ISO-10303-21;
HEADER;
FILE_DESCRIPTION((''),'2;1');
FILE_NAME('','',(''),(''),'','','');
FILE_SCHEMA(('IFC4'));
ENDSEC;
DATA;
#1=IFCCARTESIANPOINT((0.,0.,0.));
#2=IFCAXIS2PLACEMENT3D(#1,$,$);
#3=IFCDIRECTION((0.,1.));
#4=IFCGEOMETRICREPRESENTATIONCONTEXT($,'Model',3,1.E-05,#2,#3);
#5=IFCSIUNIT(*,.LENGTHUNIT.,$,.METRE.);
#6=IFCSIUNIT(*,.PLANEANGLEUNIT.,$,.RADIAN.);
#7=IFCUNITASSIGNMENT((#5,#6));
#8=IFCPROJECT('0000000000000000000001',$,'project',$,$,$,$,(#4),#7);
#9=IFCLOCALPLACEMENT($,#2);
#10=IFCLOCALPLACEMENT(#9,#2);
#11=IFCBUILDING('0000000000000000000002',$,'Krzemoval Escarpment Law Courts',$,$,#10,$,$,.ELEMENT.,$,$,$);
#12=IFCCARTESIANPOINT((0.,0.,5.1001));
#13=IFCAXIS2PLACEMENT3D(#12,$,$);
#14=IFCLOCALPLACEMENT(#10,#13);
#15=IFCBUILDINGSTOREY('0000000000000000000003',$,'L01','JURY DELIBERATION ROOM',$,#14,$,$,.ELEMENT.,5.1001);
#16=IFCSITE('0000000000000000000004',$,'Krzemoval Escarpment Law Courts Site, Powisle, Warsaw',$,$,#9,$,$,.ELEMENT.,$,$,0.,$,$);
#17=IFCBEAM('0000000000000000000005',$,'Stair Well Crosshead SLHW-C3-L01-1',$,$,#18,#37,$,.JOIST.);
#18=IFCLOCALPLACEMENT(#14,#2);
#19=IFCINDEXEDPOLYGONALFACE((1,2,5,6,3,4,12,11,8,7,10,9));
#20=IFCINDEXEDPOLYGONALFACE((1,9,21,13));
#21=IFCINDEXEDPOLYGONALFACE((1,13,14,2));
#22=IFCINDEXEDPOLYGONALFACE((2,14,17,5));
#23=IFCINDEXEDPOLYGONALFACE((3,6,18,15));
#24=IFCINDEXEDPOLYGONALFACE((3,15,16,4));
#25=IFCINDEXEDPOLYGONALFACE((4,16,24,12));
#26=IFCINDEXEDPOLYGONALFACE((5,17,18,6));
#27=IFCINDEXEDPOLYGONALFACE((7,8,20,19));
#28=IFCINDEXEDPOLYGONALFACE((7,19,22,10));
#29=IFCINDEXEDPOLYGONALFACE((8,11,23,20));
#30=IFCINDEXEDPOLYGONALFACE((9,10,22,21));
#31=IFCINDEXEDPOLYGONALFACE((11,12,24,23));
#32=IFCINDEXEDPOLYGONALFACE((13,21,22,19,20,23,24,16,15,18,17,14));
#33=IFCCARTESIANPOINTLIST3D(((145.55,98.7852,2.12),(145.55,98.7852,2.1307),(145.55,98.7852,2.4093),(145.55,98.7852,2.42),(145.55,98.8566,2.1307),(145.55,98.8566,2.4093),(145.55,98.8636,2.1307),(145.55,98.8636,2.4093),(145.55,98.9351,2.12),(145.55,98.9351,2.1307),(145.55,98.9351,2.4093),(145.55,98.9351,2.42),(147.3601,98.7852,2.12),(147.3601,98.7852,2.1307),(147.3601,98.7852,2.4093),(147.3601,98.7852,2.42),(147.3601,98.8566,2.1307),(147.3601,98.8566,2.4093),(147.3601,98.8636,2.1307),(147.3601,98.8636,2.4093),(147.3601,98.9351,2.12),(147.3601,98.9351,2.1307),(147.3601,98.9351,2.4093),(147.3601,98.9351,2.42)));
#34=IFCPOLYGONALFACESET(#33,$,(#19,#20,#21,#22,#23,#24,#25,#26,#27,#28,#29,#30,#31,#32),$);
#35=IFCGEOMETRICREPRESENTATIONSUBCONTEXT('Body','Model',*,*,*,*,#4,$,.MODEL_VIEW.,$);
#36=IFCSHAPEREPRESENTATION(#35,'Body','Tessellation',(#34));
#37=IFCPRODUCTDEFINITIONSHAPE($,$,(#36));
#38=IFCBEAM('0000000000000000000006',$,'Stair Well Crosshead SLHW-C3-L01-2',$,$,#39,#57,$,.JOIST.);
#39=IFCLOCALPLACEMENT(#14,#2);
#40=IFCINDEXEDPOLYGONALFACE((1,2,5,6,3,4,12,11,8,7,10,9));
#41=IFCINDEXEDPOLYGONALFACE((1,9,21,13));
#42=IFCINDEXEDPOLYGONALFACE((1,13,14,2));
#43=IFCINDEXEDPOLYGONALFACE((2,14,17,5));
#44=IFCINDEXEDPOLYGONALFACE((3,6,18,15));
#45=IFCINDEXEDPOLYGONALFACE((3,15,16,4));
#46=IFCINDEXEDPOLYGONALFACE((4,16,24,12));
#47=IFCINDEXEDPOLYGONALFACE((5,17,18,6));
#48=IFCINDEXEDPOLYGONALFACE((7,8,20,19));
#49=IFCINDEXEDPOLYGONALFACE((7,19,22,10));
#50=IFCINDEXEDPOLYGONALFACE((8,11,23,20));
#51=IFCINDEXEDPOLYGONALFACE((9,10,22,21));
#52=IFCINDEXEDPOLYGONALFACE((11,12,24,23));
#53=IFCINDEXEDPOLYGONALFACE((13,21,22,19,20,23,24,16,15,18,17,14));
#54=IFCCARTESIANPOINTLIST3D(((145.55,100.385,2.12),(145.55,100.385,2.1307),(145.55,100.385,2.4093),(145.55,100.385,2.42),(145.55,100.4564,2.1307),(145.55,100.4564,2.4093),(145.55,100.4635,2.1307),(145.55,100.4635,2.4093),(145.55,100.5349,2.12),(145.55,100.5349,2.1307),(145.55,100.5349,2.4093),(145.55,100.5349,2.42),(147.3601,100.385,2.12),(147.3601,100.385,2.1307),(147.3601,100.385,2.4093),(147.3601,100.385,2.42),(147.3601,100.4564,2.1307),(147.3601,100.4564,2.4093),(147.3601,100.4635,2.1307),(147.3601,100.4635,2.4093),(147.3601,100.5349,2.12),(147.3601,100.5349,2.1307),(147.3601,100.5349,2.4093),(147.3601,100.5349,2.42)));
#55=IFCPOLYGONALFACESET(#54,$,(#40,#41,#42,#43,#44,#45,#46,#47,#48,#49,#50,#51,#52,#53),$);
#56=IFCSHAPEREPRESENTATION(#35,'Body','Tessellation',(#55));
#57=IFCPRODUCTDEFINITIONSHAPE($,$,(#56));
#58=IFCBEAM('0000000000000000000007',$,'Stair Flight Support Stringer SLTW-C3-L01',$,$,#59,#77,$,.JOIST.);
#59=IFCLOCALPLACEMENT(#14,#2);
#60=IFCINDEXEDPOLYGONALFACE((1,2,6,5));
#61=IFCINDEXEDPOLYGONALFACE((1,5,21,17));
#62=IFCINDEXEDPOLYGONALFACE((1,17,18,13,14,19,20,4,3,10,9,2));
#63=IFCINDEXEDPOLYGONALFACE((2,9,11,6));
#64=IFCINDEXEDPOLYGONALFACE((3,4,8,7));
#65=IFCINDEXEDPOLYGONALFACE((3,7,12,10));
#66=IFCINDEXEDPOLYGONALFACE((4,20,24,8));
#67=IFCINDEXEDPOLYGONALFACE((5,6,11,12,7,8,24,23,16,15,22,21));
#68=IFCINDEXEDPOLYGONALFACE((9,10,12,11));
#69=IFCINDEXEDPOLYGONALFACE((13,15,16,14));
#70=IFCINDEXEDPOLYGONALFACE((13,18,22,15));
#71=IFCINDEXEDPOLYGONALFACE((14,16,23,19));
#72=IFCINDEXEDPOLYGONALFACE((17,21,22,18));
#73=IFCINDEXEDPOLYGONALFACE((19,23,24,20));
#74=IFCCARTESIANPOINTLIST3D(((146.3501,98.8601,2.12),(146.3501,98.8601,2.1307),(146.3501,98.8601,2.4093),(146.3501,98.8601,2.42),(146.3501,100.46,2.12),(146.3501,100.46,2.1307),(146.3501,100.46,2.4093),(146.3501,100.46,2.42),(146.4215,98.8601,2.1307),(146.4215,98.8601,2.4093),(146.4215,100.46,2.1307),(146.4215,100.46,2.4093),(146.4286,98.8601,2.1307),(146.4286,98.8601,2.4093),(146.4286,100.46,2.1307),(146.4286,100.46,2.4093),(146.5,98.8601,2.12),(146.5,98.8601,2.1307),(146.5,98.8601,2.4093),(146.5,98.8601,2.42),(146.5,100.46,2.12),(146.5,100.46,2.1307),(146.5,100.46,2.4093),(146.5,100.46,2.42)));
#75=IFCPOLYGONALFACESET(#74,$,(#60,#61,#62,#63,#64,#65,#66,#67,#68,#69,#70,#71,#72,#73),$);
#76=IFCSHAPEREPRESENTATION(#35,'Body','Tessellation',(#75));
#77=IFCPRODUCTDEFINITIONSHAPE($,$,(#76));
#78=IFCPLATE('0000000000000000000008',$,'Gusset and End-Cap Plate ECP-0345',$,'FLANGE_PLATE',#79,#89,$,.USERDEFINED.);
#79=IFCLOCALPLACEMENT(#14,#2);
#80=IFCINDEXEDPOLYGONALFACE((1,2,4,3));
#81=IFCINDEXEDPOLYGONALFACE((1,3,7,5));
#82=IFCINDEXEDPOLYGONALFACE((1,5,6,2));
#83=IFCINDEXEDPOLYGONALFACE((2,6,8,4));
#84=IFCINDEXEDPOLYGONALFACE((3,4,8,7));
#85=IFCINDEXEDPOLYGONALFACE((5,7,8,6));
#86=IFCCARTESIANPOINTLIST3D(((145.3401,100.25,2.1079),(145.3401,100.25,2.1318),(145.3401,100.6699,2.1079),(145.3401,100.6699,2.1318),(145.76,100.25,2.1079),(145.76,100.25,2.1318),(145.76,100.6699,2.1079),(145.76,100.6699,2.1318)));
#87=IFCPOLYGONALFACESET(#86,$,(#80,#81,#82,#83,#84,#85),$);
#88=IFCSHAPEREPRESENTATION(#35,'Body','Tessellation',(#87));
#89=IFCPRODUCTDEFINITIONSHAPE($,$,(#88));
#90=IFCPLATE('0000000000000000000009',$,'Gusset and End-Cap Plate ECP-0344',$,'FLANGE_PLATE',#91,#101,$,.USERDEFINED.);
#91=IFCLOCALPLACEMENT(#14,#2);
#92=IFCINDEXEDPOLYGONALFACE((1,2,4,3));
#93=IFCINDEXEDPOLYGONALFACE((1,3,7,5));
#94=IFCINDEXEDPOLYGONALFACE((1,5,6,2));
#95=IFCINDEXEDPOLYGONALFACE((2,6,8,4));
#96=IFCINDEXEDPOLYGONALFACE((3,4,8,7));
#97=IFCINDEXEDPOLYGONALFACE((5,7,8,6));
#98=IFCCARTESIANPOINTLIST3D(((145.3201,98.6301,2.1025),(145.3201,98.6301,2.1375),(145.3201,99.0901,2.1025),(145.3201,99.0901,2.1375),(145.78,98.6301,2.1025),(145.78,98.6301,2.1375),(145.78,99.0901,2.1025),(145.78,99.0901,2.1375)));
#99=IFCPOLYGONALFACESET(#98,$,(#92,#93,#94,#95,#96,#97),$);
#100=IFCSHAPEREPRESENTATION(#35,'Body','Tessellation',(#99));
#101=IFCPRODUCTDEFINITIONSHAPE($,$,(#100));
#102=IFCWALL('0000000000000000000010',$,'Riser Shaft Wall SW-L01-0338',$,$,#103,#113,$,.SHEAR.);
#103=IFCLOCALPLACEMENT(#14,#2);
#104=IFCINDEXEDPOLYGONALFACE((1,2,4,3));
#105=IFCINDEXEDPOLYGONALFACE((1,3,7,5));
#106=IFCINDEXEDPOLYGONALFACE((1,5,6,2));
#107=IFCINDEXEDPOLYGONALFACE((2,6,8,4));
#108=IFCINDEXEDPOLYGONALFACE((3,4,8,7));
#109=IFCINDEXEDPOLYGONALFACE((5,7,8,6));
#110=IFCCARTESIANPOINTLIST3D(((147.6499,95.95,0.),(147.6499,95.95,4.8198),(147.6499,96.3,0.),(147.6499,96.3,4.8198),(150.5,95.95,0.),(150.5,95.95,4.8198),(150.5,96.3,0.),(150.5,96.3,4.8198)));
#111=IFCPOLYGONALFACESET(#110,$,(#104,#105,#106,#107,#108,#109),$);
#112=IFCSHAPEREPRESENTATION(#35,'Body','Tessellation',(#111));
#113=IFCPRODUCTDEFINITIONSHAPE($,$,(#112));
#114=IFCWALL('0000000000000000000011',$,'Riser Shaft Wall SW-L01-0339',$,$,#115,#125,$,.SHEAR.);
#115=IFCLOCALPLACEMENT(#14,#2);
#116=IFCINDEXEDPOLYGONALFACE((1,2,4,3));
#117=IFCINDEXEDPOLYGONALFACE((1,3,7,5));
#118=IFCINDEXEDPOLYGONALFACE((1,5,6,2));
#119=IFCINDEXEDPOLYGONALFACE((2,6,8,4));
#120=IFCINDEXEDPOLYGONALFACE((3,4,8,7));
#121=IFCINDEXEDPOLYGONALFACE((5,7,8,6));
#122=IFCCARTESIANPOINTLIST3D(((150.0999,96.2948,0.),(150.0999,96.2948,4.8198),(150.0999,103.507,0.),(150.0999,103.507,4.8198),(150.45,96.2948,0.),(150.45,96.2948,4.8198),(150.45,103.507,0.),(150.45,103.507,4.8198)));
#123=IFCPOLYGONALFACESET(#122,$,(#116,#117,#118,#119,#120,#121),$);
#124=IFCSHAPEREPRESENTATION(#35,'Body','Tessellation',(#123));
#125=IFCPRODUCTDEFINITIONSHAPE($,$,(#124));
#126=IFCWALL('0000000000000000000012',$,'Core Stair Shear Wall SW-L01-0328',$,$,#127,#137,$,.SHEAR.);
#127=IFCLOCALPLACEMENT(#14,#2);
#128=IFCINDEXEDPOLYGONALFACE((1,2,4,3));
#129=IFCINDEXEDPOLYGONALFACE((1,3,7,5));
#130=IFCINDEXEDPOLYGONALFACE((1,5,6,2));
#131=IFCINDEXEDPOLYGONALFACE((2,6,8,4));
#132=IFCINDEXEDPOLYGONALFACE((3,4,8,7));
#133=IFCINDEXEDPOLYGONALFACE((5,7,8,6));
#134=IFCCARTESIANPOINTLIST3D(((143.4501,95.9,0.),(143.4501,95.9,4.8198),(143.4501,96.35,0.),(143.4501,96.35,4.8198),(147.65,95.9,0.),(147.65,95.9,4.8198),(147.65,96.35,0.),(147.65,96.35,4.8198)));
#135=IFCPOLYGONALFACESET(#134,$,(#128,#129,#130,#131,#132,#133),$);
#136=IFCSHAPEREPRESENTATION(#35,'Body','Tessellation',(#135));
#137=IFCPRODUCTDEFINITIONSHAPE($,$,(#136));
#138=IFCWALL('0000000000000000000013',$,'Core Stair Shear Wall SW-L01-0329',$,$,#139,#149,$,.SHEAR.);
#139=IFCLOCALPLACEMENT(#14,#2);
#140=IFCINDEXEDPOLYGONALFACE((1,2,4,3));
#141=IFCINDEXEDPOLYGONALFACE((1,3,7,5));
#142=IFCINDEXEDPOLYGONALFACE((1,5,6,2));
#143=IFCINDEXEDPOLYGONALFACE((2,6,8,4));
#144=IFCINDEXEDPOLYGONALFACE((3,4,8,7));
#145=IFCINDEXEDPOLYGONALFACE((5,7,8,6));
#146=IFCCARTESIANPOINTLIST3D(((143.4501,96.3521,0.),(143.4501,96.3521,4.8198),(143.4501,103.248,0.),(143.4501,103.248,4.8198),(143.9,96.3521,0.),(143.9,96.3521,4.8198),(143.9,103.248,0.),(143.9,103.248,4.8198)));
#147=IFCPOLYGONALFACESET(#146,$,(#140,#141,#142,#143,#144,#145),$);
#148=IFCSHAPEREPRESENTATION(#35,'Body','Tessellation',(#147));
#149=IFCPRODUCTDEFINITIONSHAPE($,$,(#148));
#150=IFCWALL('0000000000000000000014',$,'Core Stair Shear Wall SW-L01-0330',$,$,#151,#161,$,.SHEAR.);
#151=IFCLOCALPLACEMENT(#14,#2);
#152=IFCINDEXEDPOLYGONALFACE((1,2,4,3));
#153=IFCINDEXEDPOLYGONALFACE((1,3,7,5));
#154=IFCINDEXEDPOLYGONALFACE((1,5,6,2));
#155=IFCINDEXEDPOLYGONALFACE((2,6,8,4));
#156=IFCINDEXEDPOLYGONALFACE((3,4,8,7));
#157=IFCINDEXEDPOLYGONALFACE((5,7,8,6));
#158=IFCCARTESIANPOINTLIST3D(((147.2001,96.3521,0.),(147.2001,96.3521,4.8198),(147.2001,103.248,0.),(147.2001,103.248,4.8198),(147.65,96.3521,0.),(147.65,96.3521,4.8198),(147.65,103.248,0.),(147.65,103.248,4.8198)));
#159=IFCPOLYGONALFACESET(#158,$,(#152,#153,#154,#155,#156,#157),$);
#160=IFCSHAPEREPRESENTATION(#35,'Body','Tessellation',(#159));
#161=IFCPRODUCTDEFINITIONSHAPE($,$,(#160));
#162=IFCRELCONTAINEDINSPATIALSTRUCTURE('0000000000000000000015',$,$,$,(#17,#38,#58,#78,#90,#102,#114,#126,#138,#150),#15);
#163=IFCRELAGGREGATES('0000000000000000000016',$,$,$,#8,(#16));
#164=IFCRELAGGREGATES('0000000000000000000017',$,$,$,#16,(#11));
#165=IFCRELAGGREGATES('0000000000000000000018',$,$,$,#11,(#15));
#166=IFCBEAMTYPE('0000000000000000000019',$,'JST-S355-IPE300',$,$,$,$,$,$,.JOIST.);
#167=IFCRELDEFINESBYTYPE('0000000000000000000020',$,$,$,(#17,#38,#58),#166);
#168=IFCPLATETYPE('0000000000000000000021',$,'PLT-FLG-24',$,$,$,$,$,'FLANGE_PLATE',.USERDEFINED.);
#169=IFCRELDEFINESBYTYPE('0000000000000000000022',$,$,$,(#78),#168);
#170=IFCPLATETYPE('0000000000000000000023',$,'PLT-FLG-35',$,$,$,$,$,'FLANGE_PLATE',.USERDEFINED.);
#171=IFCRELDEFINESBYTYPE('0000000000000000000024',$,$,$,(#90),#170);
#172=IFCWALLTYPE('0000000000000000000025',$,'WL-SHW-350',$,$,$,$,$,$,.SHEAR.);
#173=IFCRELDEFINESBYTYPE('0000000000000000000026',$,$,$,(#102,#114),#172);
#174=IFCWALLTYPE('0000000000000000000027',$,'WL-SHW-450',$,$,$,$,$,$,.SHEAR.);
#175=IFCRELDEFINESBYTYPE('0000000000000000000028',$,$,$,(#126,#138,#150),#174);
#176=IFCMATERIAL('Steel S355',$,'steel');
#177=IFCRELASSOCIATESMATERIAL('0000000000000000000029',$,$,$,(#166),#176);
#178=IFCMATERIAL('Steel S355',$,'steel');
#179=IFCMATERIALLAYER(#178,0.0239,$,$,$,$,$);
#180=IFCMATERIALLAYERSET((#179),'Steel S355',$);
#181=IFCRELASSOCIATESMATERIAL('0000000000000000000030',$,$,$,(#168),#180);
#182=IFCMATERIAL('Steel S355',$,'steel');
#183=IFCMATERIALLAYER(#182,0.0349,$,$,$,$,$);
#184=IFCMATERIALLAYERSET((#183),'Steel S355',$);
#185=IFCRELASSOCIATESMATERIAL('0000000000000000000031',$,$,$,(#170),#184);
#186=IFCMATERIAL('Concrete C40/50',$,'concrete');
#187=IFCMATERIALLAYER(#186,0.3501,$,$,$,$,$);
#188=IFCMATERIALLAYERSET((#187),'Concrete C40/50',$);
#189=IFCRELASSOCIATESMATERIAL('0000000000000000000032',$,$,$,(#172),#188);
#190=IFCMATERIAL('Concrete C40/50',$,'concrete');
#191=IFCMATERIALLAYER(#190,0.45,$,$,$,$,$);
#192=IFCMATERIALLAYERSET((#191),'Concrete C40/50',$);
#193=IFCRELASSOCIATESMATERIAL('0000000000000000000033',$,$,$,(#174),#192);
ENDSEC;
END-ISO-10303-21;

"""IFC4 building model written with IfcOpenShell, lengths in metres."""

from ifc_helpers import new_model, si_unit, direction, frame, frame_2d, origin, origin_2d, place, context, subcontext, project, spatial, rectangle, i_section, extrude, material, layer, layer_set, material_profile, profile_set, type_object, element, save


model = new_model("IFC4")

# Units and contexts
model_context = context("Model", 3, precision=1e-05, world=origin(), true_north=direction((0.0, 1.0)))
body_context = subcontext(model_context, "Body", "Model", "MODEL_VIEW")
ifc_project = project(units=[si_unit("LENGTHUNIT", "METRE"), si_unit("PLANEANGLEUNIT", "RADIAN")], contexts=[model_context])

# Site, building, storey
site_placement = place(None, origin())
site = spatial("IfcSite", under=ifc_project, at=site_placement, Name="Krzemoval Escarpment Law Courts Site, Powisle, Warsaw", CompositionType="ELEMENT", RefElevation=0.0)
building_placement = place(site_placement, origin())
building = spatial("IfcBuilding", under=site, at=building_placement, Name="Krzemoval Escarpment Law Courts", CompositionType="ELEMENT")
storey_placement = place(building_placement, frame((0.0, 0.0, 5.1001)))
storey = spatial("IfcBuildingStorey", under=building, at=storey_placement, Name="L01", Description="JURY DELIBERATION ROOM", CompositionType="ELEMENT", Elevation=5.1001)

# Beams
ifc_material_1 = material(Name="Steel S355", Category="steel")
ifc_material_profile_1 = material_profile(ifc_material_1, i_section(OverallWidth=0.1499, OverallDepth=0.3, WebThickness=0.0071, FlangeThickness=0.0107, at=origin_2d()), Name="IPE 300")
ifc_profile_set_1 = profile_set([ifc_material_profile_1], Name="Steel S355")
beam_type_1 = type_object("IfcBeamType", Name="JST-S355-IPE300", PredefinedType="JOIST", material=ifc_profile_set_1)
for number, where, z_axis, x_axis, name in (
    (1, (145.55, 98.8601, 2.27), (1.0, 0.0, 0.0), (0.0, 1.0, 0.0), "Stair Well Crosshead SLHW-C3-L01-1"),
    (2, (145.55, 100.46, 2.27), (1.0, 0.0, 0.0), (0.0, 1.0, 0.0), "Stair Well Crosshead SLHW-C3-L01-2"),
):
    element("IfcBeam", number, at=place(storey_placement, frame(where, z_axis=z_axis, x_axis=x_axis)), inside=storey, type_object=beam_type_1, Name=name, PredefinedType="JOIST", context=body_context, shape_type="SweptSolid", body=[
        extrude(i_section(OverallWidth=0.1499, OverallDepth=0.3, WebThickness=0.0071, FlangeThickness=0.0107, at=origin_2d()), origin(), (0.0, 0.0, 1.0), 1.8101),
    ])
beam_placement = place(storey_placement, frame((146.425, 98.8601, 2.27), z_axis=(0.0, 1.0, 0.0), x_axis=(-1.0, 0.0, 0.0)))
element("IfcBeam", 3, at=beam_placement, inside=storey, type_object=beam_type_1, Name="Stair Flight Support Stringer SLTW-C3-L01", PredefinedType="JOIST", context=body_context, shape_type="SweptSolid", body=[
    extrude(i_section(OverallWidth=0.1499, OverallDepth=0.3, WebThickness=0.0071, FlangeThickness=0.0107, at=origin_2d()), origin(), (0.0, 0.0, 1.0), 1.5999),
])

# Plates
ifc_material_2 = material(Name="Steel S355", Category="steel")
ifc_layer_1 = layer(ifc_material_2, 0.0239)
ifc_layer_set_1 = layer_set([ifc_layer_1], Name="Steel S355")
plate_type_1 = type_object("IfcPlateType", Name="PLT-FLG-24", ElementType="FLANGE_PLATE", PredefinedType="USERDEFINED", material=ifc_layer_set_1)
plate_1_placement = place(storey_placement, frame((145.55, 100.46, 2.1079), z_axis=(0.0, 0.0, 1.0), x_axis=(1.0, 0.0, 0.0)))
element("IfcPlate", 4, at=plate_1_placement, inside=storey, type_object=plate_type_1, Name="Gusset and End-Cap Plate ECP-0345", ObjectType="FLANGE_PLATE", PredefinedType="USERDEFINED", context=body_context, shape_type="SweptSolid", body=[
    extrude(rectangle(XDim=0.4199, YDim=0.4199, at=origin_2d()), origin(), (0.0, 0.0, 1.0), 0.0239),
])
ifc_material_3 = material(Name="Steel S355", Category="steel")
ifc_layer_2 = layer(ifc_material_3, 0.0349)
ifc_layer_set_2 = layer_set([ifc_layer_2], Name="Steel S355")
plate_type_2 = type_object("IfcPlateType", Name="PLT-FLG-35", ElementType="FLANGE_PLATE", PredefinedType="USERDEFINED", material=ifc_layer_set_2)
plate_2_placement = place(storey_placement, frame((145.55, 98.8601, 2.1025), z_axis=(0.0, 0.0, 1.0), x_axis=(1.0, 0.0, 0.0)))
element("IfcPlate", 5, at=plate_2_placement, inside=storey, type_object=plate_type_2, Name="Gusset and End-Cap Plate ECP-0344", ObjectType="FLANGE_PLATE", PredefinedType="USERDEFINED", context=body_context, shape_type="SweptSolid", body=[
    extrude(rectangle(XDim=0.46, YDim=0.46, at=origin_2d()), origin(), (0.0, 0.0, 1.0), 0.0349),
])

# Walls
ifc_material_4 = material(Name="Concrete C40/50", Category="concrete")
ifc_layer_3 = layer(ifc_material_4, 0.3501)
ifc_layer_set_3 = layer_set([ifc_layer_3], Name="Concrete C40/50")
wall_type_1 = type_object("IfcWallType", Name="WL-SHW-350", PredefinedType="SHEAR", material=ifc_layer_set_3)
wall_1_placement = place(storey_placement, frame((147.6499, 96.125, 0.0), z_axis=(0.0, 0.0, 1.0), x_axis=(1.0, 0.0, 0.0)))
element("IfcWall", 6, at=wall_1_placement, inside=storey, type_object=wall_type_1, Name="Riser Shaft Wall SW-L01-0338", PredefinedType="SHEAR", context=body_context, shape_type="SweptSolid", body=[
    extrude(rectangle(XDim=2.8501, YDim=0.3501, at=frame_2d((1.425, 0.0))), origin(), (0.0, 0.0, 1.0), 4.8198),
])
wall_2_placement = place(storey_placement, frame((150.2749, 96.2949, 0.0), z_axis=(0.0, 0.0, 1.0), x_axis=(0.0, 1.0, 0.0)))
element("IfcWall", 7, at=wall_2_placement, inside=storey, type_object=wall_type_1, Name="Riser Shaft Wall SW-L01-0339", PredefinedType="SHEAR", context=body_context, shape_type="SweptSolid", body=[
    extrude(rectangle(XDim=7.2122, YDim=0.3501, at=frame_2d((3.606, 0.0))), origin(), (0.0, 0.0, 1.0), 4.8198),
])
ifc_material_5 = material(Name="Concrete C40/50", Category="concrete")
ifc_layer_4 = layer(ifc_material_5, 0.45)
ifc_layer_set_4 = layer_set([ifc_layer_4], Name="Concrete C40/50")
wall_type_2 = type_object("IfcWallType", Name="WL-SHW-450", PredefinedType="SHEAR", material=ifc_layer_set_4)
wall_3_placement = place(storey_placement, frame((143.45, 96.125, 0.0), z_axis=(0.0, 0.0, 1.0), x_axis=(1.0, 0.0, 0.0)))
element("IfcWall", 8, at=wall_3_placement, inside=storey, type_object=wall_type_2, Name="Core Stair Shear Wall SW-L01-0328", PredefinedType="SHEAR", context=body_context, shape_type="SweptSolid", body=[
    extrude(rectangle(XDim=4.2, YDim=0.45, at=frame_2d((2.1001, 0.0))), origin(), (0.0, 0.0, 1.0), 4.8198),
])
for number, where, z_axis, x_axis, name in (
    (9, (143.675, 96.3521, 0.0), (0.0, 0.0, 1.0), (0.0, 1.0, 0.0), "Core Stair Shear Wall SW-L01-0329"),
    (10, (147.425, 96.3521, 0.0), (0.0, 0.0, 1.0), (0.0, 1.0, 0.0), "Core Stair Shear Wall SW-L01-0330"),
):
    element("IfcWall", number, at=place(storey_placement, frame(where, z_axis=z_axis, x_axis=x_axis)), inside=storey, type_object=wall_type_2, Name=name, PredefinedType="SHEAR", context=body_context, shape_type="SweptSolid", body=[
        extrude(rectangle(XDim=6.896, YDim=0.45, at=frame_2d((3.448, 0.0))), origin(), (0.0, 0.0, 1.0), 4.8198),
    ])

save(model, "model.ifc")
